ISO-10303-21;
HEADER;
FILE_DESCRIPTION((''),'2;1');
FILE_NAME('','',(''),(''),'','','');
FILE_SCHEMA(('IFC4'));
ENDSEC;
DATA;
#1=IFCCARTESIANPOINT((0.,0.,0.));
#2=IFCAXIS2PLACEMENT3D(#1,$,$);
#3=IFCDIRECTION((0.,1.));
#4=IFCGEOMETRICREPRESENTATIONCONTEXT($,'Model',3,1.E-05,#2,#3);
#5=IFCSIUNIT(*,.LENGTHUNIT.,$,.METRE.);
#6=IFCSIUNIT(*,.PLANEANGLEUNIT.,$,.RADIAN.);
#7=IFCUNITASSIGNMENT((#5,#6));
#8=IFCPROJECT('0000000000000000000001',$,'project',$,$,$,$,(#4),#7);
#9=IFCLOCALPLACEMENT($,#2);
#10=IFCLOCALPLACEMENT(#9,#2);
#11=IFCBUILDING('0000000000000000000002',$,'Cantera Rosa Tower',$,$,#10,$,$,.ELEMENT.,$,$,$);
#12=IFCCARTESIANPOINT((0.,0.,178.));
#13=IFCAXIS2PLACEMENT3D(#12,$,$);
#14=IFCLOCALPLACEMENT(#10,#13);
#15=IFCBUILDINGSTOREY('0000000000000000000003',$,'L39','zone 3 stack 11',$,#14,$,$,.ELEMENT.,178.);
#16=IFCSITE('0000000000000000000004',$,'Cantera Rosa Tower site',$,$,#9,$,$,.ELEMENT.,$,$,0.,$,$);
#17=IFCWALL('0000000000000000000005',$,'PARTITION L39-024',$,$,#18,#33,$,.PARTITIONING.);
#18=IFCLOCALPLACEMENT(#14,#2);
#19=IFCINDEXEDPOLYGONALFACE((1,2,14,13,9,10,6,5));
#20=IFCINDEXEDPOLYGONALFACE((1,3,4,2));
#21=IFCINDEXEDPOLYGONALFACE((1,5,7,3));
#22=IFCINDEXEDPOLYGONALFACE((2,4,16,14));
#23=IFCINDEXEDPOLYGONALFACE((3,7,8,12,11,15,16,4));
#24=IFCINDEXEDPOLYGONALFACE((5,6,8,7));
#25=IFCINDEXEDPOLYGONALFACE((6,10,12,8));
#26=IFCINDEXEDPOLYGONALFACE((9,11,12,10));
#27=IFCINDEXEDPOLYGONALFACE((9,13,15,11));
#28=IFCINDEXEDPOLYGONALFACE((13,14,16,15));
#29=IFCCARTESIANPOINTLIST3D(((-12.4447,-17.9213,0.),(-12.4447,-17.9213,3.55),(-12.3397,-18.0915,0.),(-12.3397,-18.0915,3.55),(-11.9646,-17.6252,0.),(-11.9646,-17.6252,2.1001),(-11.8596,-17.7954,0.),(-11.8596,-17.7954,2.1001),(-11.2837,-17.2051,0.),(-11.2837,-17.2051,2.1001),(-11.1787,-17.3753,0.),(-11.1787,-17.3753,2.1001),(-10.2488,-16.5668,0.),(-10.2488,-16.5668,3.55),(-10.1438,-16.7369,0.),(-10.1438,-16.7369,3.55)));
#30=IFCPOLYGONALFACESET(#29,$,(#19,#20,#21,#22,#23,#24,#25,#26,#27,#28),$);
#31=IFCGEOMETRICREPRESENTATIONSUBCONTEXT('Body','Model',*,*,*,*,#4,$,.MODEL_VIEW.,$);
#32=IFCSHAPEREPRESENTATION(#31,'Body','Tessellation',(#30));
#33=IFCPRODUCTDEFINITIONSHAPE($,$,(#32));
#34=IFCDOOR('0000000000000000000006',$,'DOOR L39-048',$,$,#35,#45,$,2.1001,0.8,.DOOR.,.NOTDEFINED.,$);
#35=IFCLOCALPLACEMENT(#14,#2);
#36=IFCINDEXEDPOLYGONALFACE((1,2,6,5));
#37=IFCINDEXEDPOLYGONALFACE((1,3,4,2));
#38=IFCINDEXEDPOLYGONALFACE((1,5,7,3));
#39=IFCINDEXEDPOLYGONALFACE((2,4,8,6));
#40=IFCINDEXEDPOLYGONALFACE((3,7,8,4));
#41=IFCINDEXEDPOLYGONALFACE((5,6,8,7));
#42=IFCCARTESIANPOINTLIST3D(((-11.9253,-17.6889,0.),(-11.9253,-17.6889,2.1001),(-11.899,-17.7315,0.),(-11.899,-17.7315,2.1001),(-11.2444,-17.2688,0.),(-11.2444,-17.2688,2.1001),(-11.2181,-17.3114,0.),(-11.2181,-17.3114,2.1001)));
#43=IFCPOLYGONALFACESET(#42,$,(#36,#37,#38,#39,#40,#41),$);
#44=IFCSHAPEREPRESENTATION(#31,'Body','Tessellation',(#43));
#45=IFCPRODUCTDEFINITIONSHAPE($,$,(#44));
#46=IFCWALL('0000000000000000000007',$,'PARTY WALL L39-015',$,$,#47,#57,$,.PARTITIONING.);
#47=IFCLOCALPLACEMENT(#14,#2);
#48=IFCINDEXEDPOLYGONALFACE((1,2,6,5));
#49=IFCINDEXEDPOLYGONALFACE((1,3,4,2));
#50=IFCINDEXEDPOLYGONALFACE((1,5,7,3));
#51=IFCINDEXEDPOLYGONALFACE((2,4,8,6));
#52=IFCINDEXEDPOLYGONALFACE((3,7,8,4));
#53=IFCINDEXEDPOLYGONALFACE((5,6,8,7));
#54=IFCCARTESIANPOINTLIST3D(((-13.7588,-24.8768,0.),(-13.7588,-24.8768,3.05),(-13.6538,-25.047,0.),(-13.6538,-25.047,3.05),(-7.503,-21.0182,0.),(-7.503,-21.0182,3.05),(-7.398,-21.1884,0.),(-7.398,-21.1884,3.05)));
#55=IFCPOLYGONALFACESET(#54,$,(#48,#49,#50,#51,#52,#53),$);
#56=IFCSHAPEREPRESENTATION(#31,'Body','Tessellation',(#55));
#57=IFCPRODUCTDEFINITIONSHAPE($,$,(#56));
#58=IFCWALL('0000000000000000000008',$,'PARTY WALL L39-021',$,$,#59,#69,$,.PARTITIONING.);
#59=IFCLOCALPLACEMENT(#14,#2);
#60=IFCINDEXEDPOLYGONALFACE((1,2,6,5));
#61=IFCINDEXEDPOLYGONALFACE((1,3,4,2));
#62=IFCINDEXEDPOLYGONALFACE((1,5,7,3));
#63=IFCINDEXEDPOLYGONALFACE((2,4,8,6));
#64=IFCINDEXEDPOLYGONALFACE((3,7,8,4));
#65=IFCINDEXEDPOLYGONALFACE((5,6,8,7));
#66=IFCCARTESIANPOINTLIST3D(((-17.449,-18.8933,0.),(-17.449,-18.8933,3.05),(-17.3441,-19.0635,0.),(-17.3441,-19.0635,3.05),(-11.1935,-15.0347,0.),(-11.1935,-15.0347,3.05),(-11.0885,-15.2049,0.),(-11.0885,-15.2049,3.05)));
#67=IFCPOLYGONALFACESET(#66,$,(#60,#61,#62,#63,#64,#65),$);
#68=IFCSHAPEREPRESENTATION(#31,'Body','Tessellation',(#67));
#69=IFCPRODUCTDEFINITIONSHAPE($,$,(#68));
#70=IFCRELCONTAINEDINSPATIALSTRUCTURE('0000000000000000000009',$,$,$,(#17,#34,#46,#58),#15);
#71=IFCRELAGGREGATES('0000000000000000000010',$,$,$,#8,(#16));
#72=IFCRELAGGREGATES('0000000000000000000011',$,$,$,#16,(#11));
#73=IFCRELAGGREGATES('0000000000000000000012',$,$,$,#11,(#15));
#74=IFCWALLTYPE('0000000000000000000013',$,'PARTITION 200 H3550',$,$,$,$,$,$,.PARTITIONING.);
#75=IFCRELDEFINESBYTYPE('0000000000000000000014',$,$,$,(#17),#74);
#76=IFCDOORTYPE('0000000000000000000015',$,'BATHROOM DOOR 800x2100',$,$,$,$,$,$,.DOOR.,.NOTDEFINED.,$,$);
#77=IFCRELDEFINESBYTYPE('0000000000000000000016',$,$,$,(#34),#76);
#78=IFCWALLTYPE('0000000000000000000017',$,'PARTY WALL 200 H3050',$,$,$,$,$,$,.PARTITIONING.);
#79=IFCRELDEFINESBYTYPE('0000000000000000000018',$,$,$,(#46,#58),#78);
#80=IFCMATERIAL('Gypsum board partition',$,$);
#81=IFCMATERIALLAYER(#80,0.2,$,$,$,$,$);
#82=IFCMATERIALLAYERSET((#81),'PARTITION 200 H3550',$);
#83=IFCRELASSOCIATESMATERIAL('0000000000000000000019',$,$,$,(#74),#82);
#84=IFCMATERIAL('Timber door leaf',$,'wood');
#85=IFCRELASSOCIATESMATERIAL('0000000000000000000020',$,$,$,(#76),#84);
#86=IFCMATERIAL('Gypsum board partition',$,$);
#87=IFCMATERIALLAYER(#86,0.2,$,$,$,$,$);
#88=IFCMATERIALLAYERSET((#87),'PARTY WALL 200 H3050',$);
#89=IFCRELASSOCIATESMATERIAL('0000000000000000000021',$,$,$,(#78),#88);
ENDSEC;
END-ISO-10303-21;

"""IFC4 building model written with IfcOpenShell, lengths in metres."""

from ifc_helpers import new_model, si_unit, direction, frame, frame_2d, origin, place, context, subcontext, project, spatial, rectangle, extrude, material, layer, layer_set, type_object, element, fill, save


model = new_model("IFC4")

# Units and contexts
model_context = context("Model", 3, precision=1e-05, world=origin(), true_north=direction((0.0, 1.0)))
body_context = subcontext(model_context, "Body", "Model", "MODEL_VIEW")
ifc_project = project(units=[si_unit("LENGTHUNIT", "METRE"), si_unit("PLANEANGLEUNIT", "RADIAN")], contexts=[model_context])

# Site, building, storey
site_placement = place(None, origin())
site = spatial("IfcSite", under=ifc_project, at=site_placement, Name="Cantera Rosa Tower site", CompositionType="ELEMENT", RefElevation=0.0)
building_placement = place(site_placement, origin())
building = spatial("IfcBuilding", under=site, at=building_placement, Name="Cantera Rosa Tower", CompositionType="ELEMENT")
storey_placement = place(building_placement, frame((0.0, 0.0, 178.0)))
storey = spatial("IfcBuildingStorey", under=building, at=storey_placement, Name="L39", Description="zone 3 stack 11", CompositionType="ELEMENT", Elevation=178.0)

# Shared definitions
ifc_material_1 = material(Name="Gypsum board partition")
ifc_layer_1 = layer(ifc_material_1, 0.2)
ifc_layer_set_1 = layer_set([ifc_layer_1], Name="PARTITION 200 H3550")
wall_type_1 = type_object("IfcWallType", Name="PARTITION 200 H3550", PredefinedType="PARTITIONING", material=ifc_layer_set_1)

# Wall, opening, door
wall_1_placement = place(storey_placement, frame((-10.1963, -16.6519, 0.0), z_axis=(0.0, 0.0, 1.0), x_axis=(-0.851099, -0.525005, 0.0)))
wall_1 = element("IfcWall", 1, at=wall_1_placement, inside=storey, type_object=wall_type_1, Name="PARTITION L39-024", PredefinedType="PARTITIONING", context=body_context, shape_type="SweptSolid", body=[
    extrude(rectangle(XDim=2.5801, YDim=0.2, at=frame_2d((1.29, 0.0))), origin(), (0.0, 0.0, 1.0), 3.55),
])
opening_1_placement = place(wall_1_placement, frame((1.2161, 0.0, 0.0)))
opening_1 = element("IfcOpeningElement", 2, at=opening_1_placement, cuts=wall_1, PredefinedType="OPENING", context=body_context, shape_type="SweptSolid", body=[
    extrude(rectangle(XDim=0.8, YDim=2.1001, at=frame_2d((0.3999, 1.05))), frame((0.0, 0.1099, 0.0), z_axis=(0.0, -1.0, 0.0), x_axis=(1.0, 0.0, 0.0)), (0.0, 0.0, 1.0), 0.22),
])
ifc_material_2 = material(Name="Timber door leaf", Category="wood")
door_type_1 = type_object("IfcDoorType", Name="BATHROOM DOOR 800x2100", OperationType="NOTDEFINED", PredefinedType="DOOR", material=ifc_material_2)
door_1_placement = place(opening_1_placement, origin())
door_1 = element("IfcDoor", 3, at=door_1_placement, inside=storey, type_object=door_type_1, Name="DOOR L39-048", OperationType="NOTDEFINED", OverallHeight=2.1001, OverallWidth=0.8, PredefinedType="DOOR", context=body_context, shape_type="SweptSolid", body=[
    extrude(rectangle(XDim=0.8, YDim=2.1001, at=frame_2d((0.3999, 1.05))), frame((0.0, 0.0249, 0.0), z_axis=(0.0, -1.0, 0.0), x_axis=(1.0, 0.0, 0.0)), (0.0, 0.0, 1.0), 0.05),
])
fill(opening_1, door_1)

# Walls
ifc_material_3 = material(Name="Gypsum board partition")
ifc_layer_2 = layer(ifc_material_3, 0.2)
ifc_layer_set_2 = layer_set([ifc_layer_2], Name="PARTY WALL 200 H3050")
wall_type_2 = type_object("IfcWallType", Name="PARTY WALL 200 H3050", PredefinedType="PARTITIONING", material=ifc_layer_set_2)
wall_2_placement = place(storey_placement, frame((-13.7063, -24.9619, 0.0), z_axis=(0.0, 0.0, 1.0), x_axis=(0.851118, 0.524974, 0.0)))
element("IfcWall", 4, at=wall_2_placement, inside=storey, type_object=wall_type_2, Name="PARTY WALL L39-015", PredefinedType="PARTITIONING", context=body_context, shape_type="SweptSolid", body=[
    extrude(rectangle(XDim=7.3501, YDim=0.2, at=frame_2d((3.675, 0.0))), origin(), (0.0, 0.0, 1.0), 3.05),
])
wall_3_placement = place(storey_placement, frame((-11.1411, -15.1199, 0.0), z_axis=(0.0, 0.0, 1.0), x_axis=(-0.851109, -0.524989, 0.0)))
element("IfcWall", 5, at=wall_3_placement, inside=storey, type_object=wall_type_2, Name="PARTY WALL L39-021", PredefinedType="PARTITIONING", context=body_context, shape_type="SweptSolid", body=[
    extrude(rectangle(XDim=7.3499, YDim=0.2, at=frame_2d((3.6748, 0.0))), origin(), (0.0, 0.0, 1.0), 3.05),
])

save(model, "model.ifc")
